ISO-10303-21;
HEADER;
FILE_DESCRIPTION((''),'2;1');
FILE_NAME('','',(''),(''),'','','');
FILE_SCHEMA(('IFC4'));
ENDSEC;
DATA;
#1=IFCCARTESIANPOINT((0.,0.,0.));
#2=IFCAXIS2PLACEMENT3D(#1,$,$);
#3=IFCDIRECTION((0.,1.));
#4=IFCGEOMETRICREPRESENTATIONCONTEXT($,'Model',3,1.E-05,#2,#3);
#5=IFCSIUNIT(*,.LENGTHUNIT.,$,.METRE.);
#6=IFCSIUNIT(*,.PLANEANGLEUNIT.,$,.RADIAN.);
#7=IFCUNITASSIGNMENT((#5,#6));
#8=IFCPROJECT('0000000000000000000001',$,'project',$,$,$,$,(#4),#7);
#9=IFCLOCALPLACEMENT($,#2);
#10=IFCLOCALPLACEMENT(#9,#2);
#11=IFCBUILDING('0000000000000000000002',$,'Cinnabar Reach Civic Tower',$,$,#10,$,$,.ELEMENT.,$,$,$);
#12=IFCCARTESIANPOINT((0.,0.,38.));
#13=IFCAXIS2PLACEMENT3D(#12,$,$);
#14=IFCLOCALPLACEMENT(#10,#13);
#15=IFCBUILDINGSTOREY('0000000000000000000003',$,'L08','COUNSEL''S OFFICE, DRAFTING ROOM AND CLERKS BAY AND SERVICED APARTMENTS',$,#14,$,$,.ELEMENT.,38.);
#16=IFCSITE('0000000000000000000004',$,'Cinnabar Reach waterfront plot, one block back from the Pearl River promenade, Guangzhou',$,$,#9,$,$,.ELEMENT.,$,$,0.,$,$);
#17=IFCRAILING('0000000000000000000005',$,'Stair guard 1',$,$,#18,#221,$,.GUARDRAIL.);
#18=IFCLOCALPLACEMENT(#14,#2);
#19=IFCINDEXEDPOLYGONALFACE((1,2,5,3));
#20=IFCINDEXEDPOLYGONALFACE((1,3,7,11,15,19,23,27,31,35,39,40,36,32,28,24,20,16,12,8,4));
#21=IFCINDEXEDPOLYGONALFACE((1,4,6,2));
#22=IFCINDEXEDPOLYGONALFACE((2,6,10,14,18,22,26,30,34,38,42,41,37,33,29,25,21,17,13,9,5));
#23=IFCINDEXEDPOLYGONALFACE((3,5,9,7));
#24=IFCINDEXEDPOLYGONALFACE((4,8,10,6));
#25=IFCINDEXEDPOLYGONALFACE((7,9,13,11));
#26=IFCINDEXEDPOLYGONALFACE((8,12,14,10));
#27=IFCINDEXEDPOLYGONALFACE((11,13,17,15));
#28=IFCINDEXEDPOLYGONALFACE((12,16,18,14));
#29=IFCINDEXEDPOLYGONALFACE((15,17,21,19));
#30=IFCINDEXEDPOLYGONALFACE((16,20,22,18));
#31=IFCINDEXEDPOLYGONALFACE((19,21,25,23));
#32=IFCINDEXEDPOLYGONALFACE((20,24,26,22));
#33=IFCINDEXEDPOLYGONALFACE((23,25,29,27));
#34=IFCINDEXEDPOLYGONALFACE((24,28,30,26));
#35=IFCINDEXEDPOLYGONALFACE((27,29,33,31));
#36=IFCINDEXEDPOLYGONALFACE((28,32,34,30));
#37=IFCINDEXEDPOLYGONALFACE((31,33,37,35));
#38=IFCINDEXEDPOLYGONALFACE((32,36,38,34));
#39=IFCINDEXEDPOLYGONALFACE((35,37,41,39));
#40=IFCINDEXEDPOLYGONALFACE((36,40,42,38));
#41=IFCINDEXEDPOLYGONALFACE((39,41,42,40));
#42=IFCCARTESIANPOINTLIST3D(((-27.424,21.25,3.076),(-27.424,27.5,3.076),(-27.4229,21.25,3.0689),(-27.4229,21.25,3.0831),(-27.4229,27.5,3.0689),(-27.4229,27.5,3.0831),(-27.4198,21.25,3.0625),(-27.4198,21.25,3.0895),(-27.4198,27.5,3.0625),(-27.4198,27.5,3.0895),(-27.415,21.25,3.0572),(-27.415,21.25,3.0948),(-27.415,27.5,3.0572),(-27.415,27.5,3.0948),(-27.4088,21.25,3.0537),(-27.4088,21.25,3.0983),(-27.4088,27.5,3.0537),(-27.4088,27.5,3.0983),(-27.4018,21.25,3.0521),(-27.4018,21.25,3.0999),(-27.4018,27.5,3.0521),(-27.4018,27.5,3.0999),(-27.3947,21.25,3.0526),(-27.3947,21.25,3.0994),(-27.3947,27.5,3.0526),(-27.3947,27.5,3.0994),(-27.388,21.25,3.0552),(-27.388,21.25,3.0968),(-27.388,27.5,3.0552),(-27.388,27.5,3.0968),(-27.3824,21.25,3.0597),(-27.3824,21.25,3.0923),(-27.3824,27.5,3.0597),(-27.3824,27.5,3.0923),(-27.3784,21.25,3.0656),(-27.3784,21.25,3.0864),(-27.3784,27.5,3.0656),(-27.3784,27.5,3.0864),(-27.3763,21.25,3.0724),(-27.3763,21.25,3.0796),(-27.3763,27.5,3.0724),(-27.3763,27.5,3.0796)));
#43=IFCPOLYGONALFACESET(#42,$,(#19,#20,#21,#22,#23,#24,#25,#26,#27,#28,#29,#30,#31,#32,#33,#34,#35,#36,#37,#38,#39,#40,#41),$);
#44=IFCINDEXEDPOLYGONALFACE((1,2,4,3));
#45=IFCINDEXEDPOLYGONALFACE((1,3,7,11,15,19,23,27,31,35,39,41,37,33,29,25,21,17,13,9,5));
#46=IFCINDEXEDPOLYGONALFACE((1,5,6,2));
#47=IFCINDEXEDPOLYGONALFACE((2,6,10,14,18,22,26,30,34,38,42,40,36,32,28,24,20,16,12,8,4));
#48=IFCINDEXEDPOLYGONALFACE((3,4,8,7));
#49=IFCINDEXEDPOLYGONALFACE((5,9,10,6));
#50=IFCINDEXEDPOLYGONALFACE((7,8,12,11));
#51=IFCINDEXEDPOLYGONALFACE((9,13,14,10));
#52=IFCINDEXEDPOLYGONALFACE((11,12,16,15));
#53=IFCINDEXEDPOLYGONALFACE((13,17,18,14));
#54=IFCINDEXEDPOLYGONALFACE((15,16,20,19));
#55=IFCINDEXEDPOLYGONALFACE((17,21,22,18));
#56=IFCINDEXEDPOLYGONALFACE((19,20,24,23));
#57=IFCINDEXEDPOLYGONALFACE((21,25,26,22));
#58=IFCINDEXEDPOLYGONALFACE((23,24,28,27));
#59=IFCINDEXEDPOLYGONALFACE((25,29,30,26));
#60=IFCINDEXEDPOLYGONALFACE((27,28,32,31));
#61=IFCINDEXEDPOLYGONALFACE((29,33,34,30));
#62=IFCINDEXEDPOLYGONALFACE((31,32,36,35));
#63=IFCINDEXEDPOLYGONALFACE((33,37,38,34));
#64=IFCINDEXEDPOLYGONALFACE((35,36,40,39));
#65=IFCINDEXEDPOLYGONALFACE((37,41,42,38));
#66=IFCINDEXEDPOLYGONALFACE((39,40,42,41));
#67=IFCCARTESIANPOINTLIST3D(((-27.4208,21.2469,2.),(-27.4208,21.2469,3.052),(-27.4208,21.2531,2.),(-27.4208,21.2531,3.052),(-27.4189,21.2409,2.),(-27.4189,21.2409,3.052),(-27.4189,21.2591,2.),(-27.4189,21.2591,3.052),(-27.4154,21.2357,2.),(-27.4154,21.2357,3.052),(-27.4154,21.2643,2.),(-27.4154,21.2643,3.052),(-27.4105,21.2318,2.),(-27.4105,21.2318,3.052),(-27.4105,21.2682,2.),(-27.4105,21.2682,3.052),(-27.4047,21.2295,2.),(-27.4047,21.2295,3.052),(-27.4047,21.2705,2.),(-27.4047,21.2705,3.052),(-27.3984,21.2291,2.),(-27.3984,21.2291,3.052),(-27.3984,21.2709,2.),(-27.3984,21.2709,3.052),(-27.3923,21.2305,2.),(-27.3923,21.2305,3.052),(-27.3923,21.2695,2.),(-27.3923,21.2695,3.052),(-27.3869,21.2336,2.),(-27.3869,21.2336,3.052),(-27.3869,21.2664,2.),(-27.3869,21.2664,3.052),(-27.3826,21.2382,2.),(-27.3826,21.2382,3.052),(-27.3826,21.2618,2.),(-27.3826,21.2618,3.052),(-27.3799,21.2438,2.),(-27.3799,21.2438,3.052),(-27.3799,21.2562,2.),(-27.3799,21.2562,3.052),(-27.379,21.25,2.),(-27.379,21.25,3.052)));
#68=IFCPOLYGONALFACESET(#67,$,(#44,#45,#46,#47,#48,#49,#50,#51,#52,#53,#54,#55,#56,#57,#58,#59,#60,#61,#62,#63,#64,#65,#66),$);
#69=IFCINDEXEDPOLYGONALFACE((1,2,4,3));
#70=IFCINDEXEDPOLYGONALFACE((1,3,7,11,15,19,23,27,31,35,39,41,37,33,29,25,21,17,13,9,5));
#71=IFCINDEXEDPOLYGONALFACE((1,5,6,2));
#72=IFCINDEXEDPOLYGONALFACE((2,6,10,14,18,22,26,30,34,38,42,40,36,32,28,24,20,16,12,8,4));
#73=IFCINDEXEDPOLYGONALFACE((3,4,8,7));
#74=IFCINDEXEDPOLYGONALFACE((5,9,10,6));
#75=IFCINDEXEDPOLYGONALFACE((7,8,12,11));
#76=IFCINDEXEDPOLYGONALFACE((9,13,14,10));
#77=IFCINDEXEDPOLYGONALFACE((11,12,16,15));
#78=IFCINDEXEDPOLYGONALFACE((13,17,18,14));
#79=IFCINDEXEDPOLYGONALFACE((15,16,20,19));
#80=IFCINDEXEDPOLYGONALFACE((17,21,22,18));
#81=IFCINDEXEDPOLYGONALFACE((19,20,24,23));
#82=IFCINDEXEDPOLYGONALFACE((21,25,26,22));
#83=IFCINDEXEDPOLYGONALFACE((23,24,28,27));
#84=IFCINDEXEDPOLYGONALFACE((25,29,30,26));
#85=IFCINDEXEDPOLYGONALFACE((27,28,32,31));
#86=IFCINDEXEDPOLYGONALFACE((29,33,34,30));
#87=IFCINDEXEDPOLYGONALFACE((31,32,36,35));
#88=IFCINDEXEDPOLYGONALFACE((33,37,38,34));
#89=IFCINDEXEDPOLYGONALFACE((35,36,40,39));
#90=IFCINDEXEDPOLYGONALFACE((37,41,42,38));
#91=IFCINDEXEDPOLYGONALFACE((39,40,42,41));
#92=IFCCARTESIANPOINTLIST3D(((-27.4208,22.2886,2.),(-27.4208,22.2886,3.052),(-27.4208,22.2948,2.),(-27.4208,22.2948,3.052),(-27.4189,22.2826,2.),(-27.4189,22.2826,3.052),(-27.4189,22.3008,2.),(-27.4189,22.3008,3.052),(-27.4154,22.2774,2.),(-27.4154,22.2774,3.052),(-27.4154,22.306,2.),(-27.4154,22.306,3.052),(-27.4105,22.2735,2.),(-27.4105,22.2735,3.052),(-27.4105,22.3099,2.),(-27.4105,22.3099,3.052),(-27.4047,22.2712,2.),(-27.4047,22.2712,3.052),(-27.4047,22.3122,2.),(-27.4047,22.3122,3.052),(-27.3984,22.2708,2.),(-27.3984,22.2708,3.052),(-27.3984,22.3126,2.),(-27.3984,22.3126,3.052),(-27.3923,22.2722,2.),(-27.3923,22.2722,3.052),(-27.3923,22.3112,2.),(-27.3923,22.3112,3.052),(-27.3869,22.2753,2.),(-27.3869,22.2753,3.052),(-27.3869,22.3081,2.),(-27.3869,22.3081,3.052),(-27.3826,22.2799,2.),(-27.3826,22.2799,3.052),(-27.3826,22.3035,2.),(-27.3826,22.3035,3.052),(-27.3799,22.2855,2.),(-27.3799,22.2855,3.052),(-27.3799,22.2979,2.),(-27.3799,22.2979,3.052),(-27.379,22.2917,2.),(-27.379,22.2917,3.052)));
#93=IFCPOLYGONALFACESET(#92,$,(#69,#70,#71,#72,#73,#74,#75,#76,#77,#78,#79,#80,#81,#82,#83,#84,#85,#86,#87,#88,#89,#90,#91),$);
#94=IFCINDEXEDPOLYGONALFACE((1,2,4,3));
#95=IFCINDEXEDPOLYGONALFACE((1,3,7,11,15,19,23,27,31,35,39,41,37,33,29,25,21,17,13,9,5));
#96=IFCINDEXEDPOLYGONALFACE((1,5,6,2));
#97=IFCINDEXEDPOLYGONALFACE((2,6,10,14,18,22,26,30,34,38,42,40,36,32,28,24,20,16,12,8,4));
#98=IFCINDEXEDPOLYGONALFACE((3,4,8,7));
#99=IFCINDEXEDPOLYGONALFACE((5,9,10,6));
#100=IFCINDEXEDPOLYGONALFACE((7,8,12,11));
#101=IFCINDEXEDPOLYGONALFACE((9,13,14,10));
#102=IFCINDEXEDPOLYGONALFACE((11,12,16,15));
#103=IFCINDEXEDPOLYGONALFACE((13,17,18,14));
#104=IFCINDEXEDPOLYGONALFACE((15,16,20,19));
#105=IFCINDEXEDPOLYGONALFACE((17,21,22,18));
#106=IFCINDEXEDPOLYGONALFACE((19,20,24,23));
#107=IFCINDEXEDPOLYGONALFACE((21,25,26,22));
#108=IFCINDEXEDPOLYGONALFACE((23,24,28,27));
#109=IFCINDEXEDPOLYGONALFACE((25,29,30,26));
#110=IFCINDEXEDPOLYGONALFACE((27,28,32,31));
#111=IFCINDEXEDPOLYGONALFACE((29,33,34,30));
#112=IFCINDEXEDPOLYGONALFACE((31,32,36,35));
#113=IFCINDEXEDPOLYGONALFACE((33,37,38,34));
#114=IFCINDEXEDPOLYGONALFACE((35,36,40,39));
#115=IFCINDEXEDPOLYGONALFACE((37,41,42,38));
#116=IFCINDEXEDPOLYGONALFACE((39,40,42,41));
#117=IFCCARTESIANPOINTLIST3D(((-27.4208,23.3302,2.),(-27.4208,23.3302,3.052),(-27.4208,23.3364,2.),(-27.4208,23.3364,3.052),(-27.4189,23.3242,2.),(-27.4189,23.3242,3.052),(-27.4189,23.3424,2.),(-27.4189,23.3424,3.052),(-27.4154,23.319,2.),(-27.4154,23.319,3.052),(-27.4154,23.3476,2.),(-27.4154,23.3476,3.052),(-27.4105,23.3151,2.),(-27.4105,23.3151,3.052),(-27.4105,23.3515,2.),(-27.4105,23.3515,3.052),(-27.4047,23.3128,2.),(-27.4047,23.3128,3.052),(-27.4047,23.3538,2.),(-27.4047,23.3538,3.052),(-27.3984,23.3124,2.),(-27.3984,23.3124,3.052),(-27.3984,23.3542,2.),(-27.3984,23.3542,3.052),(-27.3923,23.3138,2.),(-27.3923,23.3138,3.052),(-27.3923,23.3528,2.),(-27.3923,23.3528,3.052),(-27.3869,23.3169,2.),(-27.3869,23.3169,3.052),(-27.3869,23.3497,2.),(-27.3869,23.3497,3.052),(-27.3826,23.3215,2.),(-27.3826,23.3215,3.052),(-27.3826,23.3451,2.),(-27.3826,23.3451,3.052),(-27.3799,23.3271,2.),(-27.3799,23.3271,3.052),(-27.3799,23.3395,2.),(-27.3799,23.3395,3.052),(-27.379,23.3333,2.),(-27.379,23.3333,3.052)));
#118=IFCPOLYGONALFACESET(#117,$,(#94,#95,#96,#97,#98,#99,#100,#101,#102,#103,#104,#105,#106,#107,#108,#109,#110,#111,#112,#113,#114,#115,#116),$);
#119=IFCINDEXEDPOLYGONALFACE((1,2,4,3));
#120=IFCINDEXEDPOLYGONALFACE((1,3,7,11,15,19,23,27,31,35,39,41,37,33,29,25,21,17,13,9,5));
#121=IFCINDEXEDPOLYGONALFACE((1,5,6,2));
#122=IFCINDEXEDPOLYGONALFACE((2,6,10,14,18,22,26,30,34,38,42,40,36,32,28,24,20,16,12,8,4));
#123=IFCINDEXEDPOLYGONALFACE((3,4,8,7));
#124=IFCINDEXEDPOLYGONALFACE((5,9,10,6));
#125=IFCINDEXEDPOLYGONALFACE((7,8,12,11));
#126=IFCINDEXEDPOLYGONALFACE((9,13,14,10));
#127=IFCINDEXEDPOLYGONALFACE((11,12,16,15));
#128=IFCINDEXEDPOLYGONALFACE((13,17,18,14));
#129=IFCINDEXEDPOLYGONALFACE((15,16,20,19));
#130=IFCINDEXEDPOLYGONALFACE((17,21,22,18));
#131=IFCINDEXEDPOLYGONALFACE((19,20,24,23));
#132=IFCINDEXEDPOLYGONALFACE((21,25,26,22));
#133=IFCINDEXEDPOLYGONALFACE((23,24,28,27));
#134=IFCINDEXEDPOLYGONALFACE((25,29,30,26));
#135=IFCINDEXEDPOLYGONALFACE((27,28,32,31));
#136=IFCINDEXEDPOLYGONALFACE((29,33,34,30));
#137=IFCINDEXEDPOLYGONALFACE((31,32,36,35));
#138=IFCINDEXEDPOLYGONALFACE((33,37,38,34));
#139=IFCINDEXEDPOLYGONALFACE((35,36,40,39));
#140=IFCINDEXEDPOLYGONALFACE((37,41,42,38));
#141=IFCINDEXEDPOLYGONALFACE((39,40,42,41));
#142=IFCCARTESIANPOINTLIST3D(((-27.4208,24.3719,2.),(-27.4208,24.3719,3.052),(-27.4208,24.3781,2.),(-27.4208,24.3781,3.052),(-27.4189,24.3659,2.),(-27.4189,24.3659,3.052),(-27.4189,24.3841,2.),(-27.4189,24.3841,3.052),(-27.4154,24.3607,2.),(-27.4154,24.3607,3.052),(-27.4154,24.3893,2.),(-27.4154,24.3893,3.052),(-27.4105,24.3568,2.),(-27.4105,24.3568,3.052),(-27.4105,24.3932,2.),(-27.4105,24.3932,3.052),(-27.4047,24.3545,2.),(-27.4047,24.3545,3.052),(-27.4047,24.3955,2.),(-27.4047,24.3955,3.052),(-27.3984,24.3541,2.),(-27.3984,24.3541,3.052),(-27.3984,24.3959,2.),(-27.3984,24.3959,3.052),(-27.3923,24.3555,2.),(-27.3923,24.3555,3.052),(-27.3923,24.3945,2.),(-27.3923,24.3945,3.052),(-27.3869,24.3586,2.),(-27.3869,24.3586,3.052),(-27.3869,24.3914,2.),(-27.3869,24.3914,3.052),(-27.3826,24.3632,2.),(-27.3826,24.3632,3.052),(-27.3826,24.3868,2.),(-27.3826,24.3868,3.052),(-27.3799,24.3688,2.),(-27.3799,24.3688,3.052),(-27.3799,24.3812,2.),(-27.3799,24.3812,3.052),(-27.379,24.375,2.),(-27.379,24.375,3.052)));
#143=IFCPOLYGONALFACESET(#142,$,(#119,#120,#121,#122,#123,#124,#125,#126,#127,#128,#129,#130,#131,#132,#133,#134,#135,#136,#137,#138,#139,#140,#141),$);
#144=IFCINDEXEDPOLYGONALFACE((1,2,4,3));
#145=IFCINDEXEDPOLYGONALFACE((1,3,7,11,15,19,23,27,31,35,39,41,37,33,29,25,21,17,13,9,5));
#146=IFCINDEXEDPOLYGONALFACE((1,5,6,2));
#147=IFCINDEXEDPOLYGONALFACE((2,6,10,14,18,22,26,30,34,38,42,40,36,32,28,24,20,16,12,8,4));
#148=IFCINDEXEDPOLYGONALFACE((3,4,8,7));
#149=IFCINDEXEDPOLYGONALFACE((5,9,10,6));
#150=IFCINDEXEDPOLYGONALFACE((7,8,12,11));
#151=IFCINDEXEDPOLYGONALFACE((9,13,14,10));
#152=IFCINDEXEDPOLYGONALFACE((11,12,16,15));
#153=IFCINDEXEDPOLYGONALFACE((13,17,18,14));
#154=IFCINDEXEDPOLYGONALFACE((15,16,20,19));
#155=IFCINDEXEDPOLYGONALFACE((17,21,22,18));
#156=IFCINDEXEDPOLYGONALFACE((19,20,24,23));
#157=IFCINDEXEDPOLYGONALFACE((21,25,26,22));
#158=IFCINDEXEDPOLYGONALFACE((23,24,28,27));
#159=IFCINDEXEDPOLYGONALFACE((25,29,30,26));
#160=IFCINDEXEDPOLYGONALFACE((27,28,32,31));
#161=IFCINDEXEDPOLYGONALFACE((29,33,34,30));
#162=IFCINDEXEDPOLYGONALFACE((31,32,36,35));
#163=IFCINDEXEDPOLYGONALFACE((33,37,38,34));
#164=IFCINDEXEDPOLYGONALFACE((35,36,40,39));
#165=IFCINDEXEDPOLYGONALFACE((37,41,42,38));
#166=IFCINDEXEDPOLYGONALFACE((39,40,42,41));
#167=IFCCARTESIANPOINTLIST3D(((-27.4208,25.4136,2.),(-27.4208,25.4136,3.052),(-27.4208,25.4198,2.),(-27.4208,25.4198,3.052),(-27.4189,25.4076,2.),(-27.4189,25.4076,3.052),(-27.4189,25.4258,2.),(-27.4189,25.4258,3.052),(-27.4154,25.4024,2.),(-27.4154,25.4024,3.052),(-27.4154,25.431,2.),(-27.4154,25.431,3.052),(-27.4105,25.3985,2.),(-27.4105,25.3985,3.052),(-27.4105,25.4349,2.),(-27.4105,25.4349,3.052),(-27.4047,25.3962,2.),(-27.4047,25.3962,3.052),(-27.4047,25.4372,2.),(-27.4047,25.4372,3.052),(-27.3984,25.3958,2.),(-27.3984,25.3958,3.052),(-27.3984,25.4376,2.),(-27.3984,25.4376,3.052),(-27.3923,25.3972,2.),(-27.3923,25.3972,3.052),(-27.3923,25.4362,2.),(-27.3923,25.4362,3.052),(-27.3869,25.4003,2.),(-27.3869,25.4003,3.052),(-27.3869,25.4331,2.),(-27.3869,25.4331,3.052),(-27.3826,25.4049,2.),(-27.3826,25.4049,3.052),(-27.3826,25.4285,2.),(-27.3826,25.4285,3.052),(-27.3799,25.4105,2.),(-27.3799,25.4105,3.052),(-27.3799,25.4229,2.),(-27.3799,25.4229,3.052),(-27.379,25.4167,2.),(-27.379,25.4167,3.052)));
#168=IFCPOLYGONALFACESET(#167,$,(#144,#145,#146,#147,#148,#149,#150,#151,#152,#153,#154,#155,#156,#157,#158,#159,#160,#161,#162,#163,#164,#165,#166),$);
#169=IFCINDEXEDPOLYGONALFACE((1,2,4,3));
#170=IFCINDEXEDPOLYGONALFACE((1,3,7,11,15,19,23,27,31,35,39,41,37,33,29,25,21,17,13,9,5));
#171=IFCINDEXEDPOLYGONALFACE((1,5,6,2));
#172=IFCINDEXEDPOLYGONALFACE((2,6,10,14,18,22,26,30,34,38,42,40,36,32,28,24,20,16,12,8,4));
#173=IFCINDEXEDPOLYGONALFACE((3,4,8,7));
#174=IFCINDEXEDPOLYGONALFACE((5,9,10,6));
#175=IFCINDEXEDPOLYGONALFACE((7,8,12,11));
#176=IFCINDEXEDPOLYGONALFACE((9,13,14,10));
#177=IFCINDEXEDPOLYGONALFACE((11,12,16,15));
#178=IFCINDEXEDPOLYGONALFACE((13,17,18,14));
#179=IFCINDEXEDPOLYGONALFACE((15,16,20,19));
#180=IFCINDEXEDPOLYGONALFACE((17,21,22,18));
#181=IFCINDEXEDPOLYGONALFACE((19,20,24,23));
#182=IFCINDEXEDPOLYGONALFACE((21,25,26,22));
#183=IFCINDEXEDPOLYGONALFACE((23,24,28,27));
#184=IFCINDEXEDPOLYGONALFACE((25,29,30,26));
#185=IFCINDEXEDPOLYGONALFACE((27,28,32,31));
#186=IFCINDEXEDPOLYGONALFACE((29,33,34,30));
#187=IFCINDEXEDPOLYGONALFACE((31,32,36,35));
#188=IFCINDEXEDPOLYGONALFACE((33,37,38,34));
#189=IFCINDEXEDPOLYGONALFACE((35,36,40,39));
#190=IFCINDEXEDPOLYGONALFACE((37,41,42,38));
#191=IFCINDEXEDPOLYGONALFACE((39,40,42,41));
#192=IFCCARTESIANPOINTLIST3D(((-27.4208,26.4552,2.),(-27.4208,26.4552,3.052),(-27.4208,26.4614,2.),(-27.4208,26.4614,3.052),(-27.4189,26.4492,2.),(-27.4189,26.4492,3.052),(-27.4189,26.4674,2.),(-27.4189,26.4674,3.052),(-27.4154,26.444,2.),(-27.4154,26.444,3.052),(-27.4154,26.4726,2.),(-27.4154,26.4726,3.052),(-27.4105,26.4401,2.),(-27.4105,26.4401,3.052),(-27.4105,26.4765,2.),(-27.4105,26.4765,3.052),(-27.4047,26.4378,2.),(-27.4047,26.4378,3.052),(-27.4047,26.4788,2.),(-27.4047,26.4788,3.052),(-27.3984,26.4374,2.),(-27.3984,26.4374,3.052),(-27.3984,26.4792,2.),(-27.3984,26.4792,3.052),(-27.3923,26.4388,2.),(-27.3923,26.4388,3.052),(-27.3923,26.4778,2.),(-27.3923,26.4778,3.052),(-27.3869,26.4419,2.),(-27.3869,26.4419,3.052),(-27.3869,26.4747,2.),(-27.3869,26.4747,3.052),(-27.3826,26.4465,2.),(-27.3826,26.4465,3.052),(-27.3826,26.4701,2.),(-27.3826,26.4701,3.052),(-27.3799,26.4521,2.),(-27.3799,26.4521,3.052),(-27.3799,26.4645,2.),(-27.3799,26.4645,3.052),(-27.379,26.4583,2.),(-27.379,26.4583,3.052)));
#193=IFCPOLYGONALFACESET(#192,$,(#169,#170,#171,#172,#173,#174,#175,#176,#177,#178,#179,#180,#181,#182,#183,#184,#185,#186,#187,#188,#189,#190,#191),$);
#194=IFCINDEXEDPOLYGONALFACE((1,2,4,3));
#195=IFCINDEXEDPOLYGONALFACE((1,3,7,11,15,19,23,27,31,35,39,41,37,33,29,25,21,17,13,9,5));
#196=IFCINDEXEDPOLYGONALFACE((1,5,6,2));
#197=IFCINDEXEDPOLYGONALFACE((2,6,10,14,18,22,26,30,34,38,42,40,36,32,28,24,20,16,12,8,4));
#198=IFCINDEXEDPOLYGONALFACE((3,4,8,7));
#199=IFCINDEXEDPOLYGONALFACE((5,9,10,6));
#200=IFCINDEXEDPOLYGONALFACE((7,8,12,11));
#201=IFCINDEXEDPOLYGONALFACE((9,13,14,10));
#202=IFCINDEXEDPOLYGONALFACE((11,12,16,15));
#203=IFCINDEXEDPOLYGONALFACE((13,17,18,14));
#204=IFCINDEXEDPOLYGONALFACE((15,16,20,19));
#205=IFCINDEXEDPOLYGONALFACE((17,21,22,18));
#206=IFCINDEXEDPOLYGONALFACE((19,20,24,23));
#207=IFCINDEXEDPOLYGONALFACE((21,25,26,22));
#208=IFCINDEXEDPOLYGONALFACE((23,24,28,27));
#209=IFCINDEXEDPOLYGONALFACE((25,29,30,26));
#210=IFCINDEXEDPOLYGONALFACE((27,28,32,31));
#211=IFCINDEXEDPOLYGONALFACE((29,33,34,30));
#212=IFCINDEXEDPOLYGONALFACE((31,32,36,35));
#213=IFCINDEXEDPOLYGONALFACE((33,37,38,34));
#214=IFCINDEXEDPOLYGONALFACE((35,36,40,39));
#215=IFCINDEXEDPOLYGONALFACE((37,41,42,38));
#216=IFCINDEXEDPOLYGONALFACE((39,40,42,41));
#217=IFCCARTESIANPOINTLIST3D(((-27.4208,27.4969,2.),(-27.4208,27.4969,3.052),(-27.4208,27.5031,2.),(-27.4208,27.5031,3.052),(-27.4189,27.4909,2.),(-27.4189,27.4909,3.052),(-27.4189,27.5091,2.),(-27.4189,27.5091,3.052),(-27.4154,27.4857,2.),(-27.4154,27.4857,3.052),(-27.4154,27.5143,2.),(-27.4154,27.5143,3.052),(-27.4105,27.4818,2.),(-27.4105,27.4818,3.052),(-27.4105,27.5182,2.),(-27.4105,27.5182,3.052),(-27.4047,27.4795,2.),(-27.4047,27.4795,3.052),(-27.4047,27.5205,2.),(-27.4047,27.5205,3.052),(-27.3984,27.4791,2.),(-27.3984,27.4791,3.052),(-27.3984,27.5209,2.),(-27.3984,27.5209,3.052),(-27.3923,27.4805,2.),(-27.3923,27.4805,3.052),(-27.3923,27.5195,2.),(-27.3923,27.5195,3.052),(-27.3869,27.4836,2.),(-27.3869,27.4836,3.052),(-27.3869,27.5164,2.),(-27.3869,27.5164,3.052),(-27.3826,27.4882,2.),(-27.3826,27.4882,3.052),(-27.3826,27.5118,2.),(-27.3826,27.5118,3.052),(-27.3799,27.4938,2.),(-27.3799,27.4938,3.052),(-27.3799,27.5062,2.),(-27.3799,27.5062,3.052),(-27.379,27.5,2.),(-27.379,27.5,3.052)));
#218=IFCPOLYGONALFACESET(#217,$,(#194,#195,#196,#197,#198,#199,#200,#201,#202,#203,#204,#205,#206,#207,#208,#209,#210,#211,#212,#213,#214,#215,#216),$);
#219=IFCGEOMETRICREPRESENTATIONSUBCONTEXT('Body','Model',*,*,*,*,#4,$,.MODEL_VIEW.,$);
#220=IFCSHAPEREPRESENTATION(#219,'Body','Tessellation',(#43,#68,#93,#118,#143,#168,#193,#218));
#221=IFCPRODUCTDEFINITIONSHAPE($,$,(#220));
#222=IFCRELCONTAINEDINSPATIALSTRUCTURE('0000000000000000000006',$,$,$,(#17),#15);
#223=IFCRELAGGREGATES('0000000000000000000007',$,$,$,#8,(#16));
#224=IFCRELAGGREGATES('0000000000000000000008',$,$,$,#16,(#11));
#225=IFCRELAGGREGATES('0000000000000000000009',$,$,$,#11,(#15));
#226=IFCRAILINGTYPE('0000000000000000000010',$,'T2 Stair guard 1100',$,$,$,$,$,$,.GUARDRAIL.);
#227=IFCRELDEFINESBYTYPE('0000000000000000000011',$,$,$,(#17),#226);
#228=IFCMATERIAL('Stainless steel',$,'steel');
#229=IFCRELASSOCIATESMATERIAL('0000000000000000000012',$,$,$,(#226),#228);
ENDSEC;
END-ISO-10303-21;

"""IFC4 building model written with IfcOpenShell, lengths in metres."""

from ifc_helpers import new_model, si_unit, direction, frame, origin, origin_2d, place, context, subcontext, project, spatial, circle, extrude, material, type_object, element, save


model = new_model("IFC4")

# Units and contexts
model_context = context("Model", 3, precision=1e-05, world=origin(), true_north=direction((0.0, 1.0)))
body_context = subcontext(model_context, "Body", "Model", "MODEL_VIEW")
ifc_project = project(units=[si_unit("LENGTHUNIT", "METRE"), si_unit("PLANEANGLEUNIT", "RADIAN")], contexts=[model_context])

# Site, building, storey
site_placement = place(None, origin())
site = spatial("IfcSite", under=ifc_project, at=site_placement, Name="Cinnabar Reach waterfront plot, one block back from the Pearl River promenade, Guangzhou", CompositionType="ELEMENT", RefElevation=0.0)
building_placement = place(site_placement, origin())
building = spatial("IfcBuilding", under=site, at=building_placement, Name="Cinnabar Reach Civic Tower", CompositionType="ELEMENT")
storey_placement = place(building_placement, frame((0.0, 0.0, 38.0)))
storey = spatial("IfcBuildingStorey", under=building, at=storey_placement, Name="L08", Description="COUNSEL'S OFFICE, DRAFTING ROOM AND CLERKS BAY AND SERVICED APARTMENTS", CompositionType="ELEMENT", Elevation=38.0)

# Railing
ifc_material_1 = material(Name="Stainless steel", Category="steel")
railing_type = type_object("IfcRailingType", Name="T2 Stair guard 1100", PredefinedType="GUARDRAIL", material=ifc_material_1)
for number, where, name in (
    (1, (-27.4, 21.25, 2.0), "Stair guard 1"),
):
    element("IfcRailing", number, at=place(storey_placement, frame(where)), inside=storey, type_object=railing_type, Name=name, PredefinedType="GUARDRAIL", context=body_context, shape_type="SweptSolid", body=[
        extrude(circle(Radius=0.024, at=origin_2d()), frame((0.0, 0.0, 1.076), z_axis=(0.0, 1.0, 0.0), x_axis=(-1.0, 0.0, 0.0)), (0.0, 0.0, 1.0), 6.25),
        extrude(circle(Radius=0.021, at=origin_2d()), origin(), (0.0, 0.0, 1.0), 1.052),
        extrude(circle(Radius=0.021, at=origin_2d()), frame((0.0, 1.0417, 0.0)), (0.0, 0.0, 1.0), 1.052),
        extrude(circle(Radius=0.021, at=origin_2d()), frame((0.0, 2.0833, 0.0)), (0.0, 0.0, 1.0), 1.052),
        extrude(circle(Radius=0.021, at=origin_2d()), frame((0.0, 3.125, 0.0)), (0.0, 0.0, 1.0), 1.052),
        extrude(circle(Radius=0.021, at=origin_2d()), frame((0.0, 4.1667, 0.0)), (0.0, 0.0, 1.0), 1.052),
        extrude(circle(Radius=0.021, at=origin_2d()), frame((0.0, 5.2083, 0.0)), (0.0, 0.0, 1.0), 1.052),
        extrude(circle(Radius=0.021, at=origin_2d()), frame((0.0, 6.25, 0.0)), (0.0, 0.0, 1.0), 1.052),
    ])

save(model, "model.ifc")
